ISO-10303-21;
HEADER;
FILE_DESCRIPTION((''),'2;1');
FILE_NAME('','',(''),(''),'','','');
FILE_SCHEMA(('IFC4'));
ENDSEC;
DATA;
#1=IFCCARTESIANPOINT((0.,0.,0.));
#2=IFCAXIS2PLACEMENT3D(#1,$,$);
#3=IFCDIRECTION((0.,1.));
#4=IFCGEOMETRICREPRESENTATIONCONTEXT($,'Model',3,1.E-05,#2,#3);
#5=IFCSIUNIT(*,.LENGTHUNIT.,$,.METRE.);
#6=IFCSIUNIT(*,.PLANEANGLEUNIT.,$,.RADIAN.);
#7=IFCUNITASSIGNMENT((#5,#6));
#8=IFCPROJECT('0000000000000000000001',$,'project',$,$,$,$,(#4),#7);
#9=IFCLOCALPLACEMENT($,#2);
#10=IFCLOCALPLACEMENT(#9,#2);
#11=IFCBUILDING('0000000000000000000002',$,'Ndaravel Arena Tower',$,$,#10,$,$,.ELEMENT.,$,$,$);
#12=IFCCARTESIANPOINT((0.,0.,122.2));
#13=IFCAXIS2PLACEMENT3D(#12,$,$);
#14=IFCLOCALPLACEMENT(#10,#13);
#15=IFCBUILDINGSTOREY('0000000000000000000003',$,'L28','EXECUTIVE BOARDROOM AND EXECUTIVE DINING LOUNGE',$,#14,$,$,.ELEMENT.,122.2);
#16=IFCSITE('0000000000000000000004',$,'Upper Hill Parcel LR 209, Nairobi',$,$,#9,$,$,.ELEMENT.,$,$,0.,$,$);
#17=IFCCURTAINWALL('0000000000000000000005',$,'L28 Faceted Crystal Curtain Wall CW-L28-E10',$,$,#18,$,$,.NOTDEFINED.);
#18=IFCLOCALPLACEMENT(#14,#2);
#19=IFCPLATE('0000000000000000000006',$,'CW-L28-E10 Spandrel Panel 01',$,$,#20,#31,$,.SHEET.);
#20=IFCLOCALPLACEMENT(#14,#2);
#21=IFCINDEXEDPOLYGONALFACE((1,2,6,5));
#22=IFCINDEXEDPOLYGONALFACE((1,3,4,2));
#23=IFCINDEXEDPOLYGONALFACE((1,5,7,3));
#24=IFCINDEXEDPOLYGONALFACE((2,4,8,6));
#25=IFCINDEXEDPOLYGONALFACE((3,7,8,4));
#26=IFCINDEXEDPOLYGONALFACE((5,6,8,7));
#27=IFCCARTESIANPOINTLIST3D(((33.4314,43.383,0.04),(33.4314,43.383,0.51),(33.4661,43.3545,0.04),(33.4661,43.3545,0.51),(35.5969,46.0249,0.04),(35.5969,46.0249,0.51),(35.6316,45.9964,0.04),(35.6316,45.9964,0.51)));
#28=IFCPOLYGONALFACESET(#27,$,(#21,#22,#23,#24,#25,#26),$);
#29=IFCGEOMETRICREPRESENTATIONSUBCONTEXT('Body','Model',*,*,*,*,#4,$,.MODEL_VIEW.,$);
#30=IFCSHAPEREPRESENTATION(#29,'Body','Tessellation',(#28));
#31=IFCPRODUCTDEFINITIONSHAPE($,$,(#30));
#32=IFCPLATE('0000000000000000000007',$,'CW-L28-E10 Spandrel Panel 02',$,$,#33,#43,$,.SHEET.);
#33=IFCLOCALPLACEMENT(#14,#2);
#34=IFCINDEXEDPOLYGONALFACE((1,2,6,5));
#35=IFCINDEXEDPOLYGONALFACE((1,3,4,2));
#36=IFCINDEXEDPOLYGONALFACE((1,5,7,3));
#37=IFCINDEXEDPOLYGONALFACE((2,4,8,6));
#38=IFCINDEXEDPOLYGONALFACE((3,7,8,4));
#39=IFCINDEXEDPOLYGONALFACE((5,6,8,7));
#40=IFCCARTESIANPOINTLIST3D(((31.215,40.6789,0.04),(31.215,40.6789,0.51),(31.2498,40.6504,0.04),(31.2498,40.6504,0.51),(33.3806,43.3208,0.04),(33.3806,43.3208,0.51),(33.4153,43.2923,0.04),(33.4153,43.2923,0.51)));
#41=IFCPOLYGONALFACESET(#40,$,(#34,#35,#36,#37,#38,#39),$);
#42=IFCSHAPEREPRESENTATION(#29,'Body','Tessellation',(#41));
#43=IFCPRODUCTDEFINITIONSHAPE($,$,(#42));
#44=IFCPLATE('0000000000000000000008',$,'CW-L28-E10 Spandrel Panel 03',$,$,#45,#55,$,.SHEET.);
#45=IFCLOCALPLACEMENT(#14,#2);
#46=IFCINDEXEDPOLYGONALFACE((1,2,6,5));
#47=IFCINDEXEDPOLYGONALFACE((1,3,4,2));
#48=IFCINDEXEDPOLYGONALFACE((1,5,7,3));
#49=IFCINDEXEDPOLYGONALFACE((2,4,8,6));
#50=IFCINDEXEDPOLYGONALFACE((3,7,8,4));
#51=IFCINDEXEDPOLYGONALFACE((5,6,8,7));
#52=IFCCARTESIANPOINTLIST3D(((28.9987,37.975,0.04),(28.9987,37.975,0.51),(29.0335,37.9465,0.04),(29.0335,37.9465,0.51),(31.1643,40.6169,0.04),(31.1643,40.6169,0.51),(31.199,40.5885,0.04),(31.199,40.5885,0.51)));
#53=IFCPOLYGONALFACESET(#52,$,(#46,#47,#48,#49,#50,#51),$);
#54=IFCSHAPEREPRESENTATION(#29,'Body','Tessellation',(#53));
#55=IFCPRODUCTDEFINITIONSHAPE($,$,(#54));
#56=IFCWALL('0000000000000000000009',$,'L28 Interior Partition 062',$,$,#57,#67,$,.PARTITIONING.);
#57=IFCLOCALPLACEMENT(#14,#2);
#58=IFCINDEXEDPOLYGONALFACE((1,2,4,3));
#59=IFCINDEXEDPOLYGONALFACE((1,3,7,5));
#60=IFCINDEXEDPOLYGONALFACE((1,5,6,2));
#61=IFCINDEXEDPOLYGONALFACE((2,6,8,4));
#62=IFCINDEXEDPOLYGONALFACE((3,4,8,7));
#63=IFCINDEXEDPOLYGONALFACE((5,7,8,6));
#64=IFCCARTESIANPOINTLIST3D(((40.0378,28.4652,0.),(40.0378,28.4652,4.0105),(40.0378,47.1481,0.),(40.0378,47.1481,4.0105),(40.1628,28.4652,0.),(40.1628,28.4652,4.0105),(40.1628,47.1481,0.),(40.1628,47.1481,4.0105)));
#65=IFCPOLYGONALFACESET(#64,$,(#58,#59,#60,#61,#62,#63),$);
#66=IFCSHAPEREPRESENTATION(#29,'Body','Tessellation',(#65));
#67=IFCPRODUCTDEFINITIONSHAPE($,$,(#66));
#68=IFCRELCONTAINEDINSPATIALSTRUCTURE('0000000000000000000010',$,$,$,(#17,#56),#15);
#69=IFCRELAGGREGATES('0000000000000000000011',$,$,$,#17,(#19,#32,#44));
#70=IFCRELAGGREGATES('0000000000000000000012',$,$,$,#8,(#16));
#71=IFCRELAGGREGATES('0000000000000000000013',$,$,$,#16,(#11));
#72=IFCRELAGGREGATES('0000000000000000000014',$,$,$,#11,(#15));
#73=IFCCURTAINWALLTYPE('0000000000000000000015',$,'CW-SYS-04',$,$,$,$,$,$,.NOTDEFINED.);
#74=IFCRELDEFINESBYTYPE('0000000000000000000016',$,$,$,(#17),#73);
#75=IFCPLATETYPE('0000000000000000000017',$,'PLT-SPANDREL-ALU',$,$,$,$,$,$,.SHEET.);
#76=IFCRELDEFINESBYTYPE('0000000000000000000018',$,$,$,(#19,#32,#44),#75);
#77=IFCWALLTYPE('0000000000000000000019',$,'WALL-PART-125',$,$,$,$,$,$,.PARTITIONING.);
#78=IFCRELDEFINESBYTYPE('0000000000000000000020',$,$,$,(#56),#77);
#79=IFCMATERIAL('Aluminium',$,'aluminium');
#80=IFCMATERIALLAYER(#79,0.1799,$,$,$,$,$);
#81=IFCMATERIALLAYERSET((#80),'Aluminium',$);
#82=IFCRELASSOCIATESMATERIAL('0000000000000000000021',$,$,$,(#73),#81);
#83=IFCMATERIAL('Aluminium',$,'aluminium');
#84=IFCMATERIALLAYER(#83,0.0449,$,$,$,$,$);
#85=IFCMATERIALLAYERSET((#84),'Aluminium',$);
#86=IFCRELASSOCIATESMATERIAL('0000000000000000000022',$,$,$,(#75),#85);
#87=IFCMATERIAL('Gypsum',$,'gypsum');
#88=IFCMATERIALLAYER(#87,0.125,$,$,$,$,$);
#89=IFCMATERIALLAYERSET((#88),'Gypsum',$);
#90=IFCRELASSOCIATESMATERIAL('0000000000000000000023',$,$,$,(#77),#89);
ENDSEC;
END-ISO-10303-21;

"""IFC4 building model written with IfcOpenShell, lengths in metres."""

from ifc_helpers import new_model, si_unit, direction, frame, frame_2d, origin, origin_2d, place, context, subcontext, project, spatial, rectangle, extrude, material, layer, layer_set, type_object, element, aggregate, save


model = new_model("IFC4")

# Units and contexts
model_context = context("Model", 3, precision=1e-05, world=origin(), true_north=direction((0.0, 1.0)))
body_context = subcontext(model_context, "Body", "Model", "MODEL_VIEW")
ifc_project = project(units=[si_unit("LENGTHUNIT", "METRE"), si_unit("PLANEANGLEUNIT", "RADIAN")], contexts=[model_context])

# Site, building, storey
site_placement = place(None, origin())
site = spatial("IfcSite", under=ifc_project, at=site_placement, Name="Upper Hill Parcel LR 209, Nairobi", CompositionType="ELEMENT", RefElevation=0.0)
building_placement = place(site_placement, origin())
building = spatial("IfcBuilding", under=site, at=building_placement, Name="Ndaravel Arena Tower", CompositionType="ELEMENT")
storey_placement = place(building_placement, frame((0.0, 0.0, 122.2)))
storey = spatial("IfcBuildingStorey", under=building, at=storey_placement, Name="L28", Description="EXECUTIVE BOARDROOM AND EXECUTIVE DINING LOUNGE", CompositionType="ELEMENT", Elevation=122.2)

# Shared definitions
ifc_material_1 = material(Name="Aluminium", Category="aluminium")
ifc_layer_1 = layer(ifc_material_1, 0.1799)
ifc_layer_set_1 = layer_set([ifc_layer_1], Name="Aluminium")
curtain_wall_type = type_object("IfcCurtainWallType", Name="CW-SYS-04", PredefinedType="NOTDEFINED", material=ifc_layer_set_1)

# Curtain wall
curtain_wall_1_placement = place(storey_placement, origin())
curtain_wall_1 = element("IfcCurtainWall", 1, at=curtain_wall_1_placement, inside=storey, type_object=curtain_wall_type, Name="L28 Faceted Crystal Curtain Wall CW-L28-E10", PredefinedType="NOTDEFINED")

# Plates
ifc_material_2 = material(Name="Aluminium", Category="aluminium")
ifc_layer_2 = layer(ifc_material_2, 0.0449)
ifc_layer_set_2 = layer_set([ifc_layer_2], Name="Aluminium")
plate_type_1 = type_object("IfcPlateType", Name="PLT-SPANDREL-ALU", PredefinedType="SHEET", material=ifc_layer_set_2)
plate_1_placement = place(storey_placement, frame((34.5315, 44.6897, 0.04), z_axis=(0.0, 0.0, 1.0), x_axis=(-0.633934, -0.773387, 0.0)))
plate_1 = element("IfcPlate", 2, at=plate_1_placement, type_object=plate_type_1, Name="CW-L28-E10 Spandrel Panel 01", PredefinedType="SHEET", context=body_context, shape_type="SweptSolid", body=[
    extrude(rectangle(XDim=3.416, YDim=0.0449, at=origin_2d()), origin(), (0.0, 0.0, 1.0), 0.47),
])
plate_2_placement = place(storey_placement, frame((32.3152, 41.9856, 0.04), z_axis=(0.0, 0.0, 1.0), x_axis=(-0.633934, -0.773387, 0.0)))
plate_2 = element("IfcPlate", 3, at=plate_2_placement, type_object=plate_type_1, Name="CW-L28-E10 Spandrel Panel 02", PredefinedType="SHEET", context=body_context, shape_type="SweptSolid", body=[
    extrude(rectangle(XDim=3.416, YDim=0.0449, at=origin_2d()), origin(), (0.0, 0.0, 1.0), 0.47),
])
plate_3_placement = place(storey_placement, frame((30.0989, 39.2817, 0.04), z_axis=(0.0, 0.0, 1.0), x_axis=(-0.633934, -0.773387, 0.0)))
plate_3 = element("IfcPlate", 4, at=plate_3_placement, type_object=plate_type_1, Name="CW-L28-E10 Spandrel Panel 03", PredefinedType="SHEET", context=body_context, shape_type="SweptSolid", body=[
    extrude(rectangle(XDim=3.416, YDim=0.0449, at=origin_2d()), origin(), (0.0, 0.0, 1.0), 0.47),
])
aggregate(curtain_wall_1, [plate_1, plate_2, plate_3])

# Wall
ifc_material_3 = material(Name="Gypsum", Category="gypsum")
ifc_layer_3 = layer(ifc_material_3, 0.125)
ifc_layer_set_3 = layer_set([ifc_layer_3], Name="Gypsum")
wall_type = type_object("IfcWallType", Name="WALL-PART-125", PredefinedType="PARTITIONING", material=ifc_layer_set_3)
wall_placement = place(storey_placement, frame((40.1003, 47.1479, 0.0), z_axis=(0.0, 0.0, 1.0), x_axis=(0.0, -1.0, 0.0)))
element("IfcWall", 5, at=wall_placement, inside=storey, type_object=wall_type, Name="L28 Interior Partition 062", PredefinedType="PARTITIONING", context=body_context, shape_type="SweptSolid", body=[
    extrude(rectangle(XDim=18.6829, YDim=0.125, at=frame_2d((9.3413, 0.0))), origin(), (0.0, 0.0, 1.0), 4.0105),
])

save(model, "model.ifc")
